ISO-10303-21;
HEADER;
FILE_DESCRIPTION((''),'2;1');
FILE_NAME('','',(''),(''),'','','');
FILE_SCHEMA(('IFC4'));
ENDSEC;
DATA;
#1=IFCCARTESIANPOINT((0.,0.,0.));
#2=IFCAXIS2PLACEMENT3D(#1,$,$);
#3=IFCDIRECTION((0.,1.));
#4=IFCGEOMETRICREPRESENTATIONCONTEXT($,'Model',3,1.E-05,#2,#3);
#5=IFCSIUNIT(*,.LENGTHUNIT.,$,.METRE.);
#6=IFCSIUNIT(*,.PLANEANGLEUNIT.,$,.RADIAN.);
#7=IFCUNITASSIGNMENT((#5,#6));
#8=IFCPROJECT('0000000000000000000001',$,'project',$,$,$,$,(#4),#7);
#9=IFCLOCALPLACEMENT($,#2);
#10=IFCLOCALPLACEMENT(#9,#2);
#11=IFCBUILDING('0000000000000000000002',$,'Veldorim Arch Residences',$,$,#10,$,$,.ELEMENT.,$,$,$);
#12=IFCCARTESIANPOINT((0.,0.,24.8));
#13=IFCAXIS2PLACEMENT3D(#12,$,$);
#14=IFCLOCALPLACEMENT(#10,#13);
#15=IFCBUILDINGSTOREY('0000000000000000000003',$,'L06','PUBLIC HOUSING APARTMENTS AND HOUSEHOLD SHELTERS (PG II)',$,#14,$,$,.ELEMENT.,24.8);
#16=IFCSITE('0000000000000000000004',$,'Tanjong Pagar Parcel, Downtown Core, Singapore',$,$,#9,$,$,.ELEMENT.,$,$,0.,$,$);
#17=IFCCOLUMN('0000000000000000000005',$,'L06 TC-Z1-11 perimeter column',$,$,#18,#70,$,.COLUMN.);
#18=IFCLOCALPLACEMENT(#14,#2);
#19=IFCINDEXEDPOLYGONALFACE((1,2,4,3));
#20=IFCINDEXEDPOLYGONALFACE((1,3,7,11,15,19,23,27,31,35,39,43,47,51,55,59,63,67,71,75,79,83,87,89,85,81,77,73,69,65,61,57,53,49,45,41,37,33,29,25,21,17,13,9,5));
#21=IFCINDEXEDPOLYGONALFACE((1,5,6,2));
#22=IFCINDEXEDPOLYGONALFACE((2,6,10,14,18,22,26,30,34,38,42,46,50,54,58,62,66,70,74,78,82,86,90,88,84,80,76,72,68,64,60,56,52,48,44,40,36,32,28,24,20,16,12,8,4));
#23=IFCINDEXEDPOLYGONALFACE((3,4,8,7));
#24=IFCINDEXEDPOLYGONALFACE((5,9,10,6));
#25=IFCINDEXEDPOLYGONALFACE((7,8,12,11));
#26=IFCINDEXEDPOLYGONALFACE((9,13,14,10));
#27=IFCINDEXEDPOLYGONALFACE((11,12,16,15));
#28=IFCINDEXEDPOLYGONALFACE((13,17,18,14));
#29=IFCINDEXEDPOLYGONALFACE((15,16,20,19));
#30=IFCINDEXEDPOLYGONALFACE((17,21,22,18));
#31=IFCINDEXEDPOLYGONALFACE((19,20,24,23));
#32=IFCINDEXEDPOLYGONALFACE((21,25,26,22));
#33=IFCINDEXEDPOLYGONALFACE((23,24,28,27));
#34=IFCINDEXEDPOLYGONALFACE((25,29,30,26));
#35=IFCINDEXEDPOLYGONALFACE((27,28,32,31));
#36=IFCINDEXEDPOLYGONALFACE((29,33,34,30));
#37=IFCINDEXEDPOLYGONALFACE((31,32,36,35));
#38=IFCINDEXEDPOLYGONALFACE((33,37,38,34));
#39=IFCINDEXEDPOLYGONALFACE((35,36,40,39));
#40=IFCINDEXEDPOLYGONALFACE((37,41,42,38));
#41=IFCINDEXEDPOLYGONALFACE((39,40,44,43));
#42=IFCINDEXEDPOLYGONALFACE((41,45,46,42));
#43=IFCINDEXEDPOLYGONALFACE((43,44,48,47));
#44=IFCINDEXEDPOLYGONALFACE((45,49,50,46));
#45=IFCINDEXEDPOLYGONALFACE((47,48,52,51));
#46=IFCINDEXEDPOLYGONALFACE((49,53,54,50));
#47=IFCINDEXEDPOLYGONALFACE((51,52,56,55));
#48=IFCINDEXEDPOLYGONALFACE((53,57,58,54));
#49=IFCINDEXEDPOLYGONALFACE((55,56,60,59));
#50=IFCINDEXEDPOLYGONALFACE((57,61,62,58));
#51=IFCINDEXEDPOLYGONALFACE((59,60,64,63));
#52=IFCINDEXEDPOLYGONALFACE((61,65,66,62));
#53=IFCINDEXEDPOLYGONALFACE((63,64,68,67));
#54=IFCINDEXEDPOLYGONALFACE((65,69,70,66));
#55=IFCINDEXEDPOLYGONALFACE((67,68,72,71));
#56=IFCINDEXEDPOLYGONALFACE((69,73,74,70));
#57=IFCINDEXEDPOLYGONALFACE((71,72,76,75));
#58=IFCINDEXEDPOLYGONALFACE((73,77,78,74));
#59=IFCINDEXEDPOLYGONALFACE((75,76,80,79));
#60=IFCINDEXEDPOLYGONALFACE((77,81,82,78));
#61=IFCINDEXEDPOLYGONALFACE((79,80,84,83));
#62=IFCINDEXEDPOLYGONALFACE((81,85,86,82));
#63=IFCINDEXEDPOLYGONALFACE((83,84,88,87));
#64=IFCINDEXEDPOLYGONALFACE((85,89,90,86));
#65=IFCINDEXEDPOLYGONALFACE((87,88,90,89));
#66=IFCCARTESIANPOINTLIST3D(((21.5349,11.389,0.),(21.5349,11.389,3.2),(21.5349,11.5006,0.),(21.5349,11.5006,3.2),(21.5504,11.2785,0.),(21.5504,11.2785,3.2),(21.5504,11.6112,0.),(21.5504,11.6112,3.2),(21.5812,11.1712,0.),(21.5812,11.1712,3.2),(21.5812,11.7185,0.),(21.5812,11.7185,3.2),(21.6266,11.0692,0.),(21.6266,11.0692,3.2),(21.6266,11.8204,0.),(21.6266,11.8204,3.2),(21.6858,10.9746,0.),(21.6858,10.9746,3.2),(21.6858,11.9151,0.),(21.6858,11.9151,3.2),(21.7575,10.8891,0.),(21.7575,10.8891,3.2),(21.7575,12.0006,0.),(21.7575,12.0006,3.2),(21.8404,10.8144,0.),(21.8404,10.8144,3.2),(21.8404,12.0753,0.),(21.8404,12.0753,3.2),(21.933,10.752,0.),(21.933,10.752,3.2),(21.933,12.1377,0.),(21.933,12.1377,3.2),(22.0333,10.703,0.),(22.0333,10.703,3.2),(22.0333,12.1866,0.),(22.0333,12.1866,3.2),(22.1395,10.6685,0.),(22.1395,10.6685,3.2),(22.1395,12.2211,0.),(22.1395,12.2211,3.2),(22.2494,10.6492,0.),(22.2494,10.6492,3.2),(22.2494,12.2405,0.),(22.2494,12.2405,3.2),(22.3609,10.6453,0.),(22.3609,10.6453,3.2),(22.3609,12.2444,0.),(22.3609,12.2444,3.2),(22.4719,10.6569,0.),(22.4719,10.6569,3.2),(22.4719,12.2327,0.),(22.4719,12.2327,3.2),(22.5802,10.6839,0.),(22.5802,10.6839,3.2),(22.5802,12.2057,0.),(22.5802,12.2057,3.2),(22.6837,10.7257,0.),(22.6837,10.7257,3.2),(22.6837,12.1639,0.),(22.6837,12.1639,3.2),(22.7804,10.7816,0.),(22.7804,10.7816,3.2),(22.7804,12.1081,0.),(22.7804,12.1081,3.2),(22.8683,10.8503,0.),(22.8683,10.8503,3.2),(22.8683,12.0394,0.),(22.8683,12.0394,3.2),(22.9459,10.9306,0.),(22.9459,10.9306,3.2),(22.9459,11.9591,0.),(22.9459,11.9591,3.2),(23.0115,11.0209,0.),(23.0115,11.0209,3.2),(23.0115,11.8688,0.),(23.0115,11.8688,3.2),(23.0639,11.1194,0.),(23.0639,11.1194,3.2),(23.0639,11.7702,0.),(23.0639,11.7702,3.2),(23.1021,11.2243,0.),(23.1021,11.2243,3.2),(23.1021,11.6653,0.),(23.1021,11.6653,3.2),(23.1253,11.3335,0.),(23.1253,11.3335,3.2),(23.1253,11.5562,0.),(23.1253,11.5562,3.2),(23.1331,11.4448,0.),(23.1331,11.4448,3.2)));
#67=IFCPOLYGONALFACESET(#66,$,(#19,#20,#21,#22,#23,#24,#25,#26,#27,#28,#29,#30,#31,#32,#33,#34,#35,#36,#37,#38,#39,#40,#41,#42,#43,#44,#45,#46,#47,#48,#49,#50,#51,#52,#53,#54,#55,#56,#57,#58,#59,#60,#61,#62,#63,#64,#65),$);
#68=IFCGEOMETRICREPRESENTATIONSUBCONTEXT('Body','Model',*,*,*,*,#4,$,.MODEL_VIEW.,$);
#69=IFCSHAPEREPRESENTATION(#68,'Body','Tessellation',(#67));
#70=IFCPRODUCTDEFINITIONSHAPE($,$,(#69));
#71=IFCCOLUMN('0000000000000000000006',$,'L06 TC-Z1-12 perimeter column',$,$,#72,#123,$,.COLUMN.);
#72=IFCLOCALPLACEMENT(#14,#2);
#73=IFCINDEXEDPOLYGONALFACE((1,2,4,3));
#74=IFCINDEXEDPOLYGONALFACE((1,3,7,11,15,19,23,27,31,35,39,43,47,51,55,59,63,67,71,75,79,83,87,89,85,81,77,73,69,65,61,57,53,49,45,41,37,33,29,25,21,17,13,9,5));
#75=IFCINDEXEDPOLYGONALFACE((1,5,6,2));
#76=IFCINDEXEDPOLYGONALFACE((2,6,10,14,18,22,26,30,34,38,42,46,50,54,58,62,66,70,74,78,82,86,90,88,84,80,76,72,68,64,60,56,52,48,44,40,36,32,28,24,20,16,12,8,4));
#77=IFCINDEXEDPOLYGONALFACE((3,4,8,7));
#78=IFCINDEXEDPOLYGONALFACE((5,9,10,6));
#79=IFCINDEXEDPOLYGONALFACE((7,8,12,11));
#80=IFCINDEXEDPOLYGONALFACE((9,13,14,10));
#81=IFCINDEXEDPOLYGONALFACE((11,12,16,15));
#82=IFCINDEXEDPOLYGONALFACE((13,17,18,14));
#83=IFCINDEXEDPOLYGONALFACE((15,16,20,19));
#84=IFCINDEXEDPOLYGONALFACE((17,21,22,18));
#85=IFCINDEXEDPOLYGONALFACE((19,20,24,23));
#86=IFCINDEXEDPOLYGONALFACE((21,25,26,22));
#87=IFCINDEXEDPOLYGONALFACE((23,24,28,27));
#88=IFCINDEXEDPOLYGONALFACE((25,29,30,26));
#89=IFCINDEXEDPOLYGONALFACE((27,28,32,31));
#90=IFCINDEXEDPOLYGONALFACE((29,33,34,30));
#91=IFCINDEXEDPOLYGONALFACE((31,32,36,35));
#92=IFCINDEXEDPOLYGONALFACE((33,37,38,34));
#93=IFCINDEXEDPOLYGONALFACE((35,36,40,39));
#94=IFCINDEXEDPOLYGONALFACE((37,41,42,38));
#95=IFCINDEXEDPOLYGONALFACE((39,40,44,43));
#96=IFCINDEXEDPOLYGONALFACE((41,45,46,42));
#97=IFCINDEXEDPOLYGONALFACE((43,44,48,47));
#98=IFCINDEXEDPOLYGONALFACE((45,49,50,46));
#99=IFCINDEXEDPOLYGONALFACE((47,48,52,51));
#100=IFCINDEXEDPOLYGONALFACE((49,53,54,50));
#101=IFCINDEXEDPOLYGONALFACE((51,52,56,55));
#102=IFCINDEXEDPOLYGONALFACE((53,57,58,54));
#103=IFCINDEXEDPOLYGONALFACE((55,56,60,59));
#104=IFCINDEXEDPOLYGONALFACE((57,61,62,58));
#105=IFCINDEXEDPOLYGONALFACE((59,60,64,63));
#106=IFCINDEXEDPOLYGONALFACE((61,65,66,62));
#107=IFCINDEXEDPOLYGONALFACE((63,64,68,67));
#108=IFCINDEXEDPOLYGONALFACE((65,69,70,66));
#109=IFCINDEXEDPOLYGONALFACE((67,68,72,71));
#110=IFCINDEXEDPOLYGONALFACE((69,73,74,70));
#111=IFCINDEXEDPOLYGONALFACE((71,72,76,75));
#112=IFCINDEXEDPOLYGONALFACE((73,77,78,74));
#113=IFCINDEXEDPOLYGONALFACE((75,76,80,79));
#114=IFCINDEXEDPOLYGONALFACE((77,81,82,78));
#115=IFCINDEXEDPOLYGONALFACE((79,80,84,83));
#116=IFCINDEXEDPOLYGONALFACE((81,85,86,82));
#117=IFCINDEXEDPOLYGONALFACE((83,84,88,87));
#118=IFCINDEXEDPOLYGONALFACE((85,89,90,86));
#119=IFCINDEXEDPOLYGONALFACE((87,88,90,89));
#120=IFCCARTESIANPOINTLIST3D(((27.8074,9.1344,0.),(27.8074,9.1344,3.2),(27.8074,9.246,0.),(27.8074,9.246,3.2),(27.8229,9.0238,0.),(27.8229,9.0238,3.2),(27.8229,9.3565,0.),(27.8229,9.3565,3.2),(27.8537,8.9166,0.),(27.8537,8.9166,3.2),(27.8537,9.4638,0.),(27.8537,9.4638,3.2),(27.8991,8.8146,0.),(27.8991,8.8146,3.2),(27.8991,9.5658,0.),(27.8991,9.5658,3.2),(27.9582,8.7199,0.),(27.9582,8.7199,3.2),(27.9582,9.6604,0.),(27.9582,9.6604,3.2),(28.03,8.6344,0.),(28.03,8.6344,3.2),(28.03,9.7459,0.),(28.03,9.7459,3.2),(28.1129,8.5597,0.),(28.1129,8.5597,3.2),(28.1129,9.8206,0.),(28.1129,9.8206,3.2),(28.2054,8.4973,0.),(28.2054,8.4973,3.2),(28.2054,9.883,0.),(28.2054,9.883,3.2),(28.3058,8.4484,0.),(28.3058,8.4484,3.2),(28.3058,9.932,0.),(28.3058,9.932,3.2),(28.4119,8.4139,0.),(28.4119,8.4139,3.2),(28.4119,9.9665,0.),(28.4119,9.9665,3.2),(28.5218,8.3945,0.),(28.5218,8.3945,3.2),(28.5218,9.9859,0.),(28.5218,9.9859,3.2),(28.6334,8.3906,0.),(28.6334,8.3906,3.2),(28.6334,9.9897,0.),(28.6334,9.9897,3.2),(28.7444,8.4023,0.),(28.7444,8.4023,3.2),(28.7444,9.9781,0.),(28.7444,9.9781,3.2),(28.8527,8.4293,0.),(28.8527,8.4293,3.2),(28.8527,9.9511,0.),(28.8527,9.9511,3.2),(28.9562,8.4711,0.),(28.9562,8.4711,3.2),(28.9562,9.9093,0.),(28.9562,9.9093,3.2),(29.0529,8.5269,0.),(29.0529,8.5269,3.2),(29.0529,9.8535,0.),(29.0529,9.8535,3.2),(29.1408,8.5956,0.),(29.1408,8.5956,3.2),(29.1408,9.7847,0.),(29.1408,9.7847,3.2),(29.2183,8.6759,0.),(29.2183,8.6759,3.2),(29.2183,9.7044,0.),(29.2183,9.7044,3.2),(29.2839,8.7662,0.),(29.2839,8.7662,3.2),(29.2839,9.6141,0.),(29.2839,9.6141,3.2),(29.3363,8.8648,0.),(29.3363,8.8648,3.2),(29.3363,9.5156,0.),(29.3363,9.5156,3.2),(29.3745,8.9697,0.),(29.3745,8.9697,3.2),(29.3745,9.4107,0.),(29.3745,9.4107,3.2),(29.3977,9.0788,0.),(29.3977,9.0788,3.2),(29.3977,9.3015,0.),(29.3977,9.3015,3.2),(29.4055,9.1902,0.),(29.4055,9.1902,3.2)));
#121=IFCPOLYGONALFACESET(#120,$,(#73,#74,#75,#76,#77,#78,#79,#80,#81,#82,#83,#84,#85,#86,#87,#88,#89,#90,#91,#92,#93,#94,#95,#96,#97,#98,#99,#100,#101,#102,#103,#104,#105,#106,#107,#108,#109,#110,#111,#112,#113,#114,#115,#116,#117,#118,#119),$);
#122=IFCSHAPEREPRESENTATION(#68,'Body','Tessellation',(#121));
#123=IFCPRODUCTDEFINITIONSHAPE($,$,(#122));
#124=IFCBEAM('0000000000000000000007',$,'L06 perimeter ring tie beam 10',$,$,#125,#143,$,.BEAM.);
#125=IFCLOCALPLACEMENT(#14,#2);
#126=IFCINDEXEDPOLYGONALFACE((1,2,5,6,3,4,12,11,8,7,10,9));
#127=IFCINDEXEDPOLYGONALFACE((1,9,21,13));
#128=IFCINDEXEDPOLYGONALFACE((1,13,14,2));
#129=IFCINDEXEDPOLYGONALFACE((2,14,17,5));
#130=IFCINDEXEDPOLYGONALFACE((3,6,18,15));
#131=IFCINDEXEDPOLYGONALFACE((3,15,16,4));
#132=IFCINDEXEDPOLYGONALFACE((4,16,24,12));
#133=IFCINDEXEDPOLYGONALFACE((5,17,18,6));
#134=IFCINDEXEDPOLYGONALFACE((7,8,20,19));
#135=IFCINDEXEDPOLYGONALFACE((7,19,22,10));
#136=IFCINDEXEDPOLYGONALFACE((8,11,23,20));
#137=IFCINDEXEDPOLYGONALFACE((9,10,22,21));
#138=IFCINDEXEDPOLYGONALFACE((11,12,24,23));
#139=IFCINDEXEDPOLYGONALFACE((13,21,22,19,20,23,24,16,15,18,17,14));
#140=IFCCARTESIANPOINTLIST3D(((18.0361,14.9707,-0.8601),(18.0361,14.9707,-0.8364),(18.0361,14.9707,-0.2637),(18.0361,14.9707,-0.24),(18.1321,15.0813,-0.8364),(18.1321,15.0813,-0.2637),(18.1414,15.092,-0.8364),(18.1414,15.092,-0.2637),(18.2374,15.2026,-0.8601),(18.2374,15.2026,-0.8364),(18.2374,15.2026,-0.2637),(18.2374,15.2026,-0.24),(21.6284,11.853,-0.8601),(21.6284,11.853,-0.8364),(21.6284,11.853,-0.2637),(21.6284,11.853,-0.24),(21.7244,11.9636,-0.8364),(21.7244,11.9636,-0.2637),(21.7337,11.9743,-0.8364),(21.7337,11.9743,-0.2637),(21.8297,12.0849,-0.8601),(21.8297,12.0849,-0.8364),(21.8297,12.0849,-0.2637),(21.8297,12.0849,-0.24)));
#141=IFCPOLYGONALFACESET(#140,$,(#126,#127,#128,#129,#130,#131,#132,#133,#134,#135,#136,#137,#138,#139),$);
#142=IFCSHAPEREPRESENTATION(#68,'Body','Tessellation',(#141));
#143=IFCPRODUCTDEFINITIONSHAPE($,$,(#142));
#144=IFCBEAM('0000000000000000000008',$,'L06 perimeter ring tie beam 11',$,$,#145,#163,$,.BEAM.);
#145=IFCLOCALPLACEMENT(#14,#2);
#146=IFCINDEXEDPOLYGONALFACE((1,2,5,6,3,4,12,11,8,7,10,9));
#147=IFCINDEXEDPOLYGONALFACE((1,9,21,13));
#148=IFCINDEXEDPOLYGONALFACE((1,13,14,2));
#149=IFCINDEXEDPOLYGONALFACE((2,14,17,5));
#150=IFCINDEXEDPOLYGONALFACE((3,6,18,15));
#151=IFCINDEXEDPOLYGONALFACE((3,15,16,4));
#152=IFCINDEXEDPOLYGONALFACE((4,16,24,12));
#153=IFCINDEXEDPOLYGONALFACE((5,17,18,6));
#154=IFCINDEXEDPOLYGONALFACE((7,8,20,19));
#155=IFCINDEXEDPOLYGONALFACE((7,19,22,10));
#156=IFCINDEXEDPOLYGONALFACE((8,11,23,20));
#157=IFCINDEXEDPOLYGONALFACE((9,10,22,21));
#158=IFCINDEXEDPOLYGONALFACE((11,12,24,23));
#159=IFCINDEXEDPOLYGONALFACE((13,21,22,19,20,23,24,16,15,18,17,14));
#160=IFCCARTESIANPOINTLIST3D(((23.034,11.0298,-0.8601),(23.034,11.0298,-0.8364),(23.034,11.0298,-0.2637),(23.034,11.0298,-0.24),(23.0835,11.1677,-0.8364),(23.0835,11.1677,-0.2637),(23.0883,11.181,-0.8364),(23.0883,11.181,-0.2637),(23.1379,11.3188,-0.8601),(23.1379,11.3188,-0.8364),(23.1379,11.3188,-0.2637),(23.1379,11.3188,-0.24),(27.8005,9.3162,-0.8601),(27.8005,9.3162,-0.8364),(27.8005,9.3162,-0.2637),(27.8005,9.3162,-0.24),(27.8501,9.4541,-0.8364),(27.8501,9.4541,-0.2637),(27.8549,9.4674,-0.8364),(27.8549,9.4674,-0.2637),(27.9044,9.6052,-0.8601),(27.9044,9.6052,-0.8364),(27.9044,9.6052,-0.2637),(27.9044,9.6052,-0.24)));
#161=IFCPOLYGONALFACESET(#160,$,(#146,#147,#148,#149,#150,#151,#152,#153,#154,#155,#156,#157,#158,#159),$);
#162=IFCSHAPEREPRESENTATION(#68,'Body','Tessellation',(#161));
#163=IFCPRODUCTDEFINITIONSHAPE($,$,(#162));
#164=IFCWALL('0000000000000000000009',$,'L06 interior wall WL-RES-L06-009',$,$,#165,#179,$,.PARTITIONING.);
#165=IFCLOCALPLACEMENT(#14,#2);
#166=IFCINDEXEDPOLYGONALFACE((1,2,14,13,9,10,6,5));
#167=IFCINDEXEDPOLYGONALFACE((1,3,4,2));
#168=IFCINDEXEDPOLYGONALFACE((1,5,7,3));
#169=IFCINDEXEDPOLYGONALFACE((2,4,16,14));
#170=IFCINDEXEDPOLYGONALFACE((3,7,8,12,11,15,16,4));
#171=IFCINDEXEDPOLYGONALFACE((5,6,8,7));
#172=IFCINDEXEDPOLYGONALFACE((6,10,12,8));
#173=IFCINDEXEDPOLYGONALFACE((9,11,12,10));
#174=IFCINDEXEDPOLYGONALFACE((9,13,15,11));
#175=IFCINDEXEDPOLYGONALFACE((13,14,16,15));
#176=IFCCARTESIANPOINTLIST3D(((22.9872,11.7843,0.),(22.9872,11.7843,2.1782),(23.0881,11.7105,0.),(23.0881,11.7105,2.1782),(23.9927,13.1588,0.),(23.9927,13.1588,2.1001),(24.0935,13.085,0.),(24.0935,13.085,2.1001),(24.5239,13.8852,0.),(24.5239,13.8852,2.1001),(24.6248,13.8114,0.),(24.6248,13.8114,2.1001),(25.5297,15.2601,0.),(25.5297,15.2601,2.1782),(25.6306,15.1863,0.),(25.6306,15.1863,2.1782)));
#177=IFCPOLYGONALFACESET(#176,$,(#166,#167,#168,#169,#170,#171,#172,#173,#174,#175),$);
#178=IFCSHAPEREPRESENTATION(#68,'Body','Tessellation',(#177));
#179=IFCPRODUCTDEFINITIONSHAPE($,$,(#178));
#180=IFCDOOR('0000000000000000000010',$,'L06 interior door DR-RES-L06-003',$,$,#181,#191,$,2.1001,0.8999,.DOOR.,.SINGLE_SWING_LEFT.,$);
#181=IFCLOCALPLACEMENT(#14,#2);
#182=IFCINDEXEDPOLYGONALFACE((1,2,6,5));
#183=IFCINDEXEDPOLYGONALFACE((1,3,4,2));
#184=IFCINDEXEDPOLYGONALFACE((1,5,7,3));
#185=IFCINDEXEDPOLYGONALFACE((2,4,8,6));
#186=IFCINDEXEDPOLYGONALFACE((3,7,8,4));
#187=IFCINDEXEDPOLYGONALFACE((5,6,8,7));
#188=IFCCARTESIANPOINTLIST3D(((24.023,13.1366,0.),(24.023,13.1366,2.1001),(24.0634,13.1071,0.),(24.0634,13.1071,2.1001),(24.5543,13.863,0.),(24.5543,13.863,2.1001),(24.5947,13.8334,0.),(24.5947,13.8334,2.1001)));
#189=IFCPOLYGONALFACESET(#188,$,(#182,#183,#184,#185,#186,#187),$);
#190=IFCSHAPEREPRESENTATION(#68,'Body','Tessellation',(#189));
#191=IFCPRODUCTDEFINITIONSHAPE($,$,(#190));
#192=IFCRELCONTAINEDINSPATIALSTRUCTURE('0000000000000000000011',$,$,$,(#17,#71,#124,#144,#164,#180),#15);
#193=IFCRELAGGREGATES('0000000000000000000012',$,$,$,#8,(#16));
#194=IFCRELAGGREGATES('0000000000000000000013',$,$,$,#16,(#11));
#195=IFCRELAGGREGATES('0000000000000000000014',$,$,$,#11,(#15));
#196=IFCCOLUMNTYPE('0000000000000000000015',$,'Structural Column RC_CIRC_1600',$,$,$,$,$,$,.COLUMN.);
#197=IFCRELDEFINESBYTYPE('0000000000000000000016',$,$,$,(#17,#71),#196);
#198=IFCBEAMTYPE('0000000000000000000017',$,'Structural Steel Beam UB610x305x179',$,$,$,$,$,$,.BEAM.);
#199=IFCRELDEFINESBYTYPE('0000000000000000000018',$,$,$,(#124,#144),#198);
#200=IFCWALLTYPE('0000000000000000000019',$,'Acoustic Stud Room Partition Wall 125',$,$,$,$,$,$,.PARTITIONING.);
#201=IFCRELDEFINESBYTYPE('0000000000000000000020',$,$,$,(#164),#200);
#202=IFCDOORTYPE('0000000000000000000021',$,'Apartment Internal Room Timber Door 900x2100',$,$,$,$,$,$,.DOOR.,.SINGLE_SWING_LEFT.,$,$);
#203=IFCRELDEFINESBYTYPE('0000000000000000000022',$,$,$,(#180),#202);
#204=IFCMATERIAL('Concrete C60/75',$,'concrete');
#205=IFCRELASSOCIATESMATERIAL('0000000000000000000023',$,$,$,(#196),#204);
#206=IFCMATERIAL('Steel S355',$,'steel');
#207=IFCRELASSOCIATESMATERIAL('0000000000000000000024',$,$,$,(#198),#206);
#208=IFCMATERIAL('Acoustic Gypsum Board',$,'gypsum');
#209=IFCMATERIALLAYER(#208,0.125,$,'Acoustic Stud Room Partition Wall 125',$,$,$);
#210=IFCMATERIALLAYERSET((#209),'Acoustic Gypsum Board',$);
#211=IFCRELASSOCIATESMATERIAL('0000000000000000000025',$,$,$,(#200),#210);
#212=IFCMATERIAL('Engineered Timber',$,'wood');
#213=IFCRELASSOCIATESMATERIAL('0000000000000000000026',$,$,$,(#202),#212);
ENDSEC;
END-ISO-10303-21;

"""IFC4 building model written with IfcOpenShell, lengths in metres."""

from ifc_helpers import new_model, si_unit, direction, frame, frame_2d, origin, origin_2d, place, context, subcontext, project, spatial, rectangle, circle, i_section, extrude, material, layer, layer_set, material_profile, profile_set, type_object, element, fill, save


model = new_model("IFC4")

# Units and contexts
model_context = context("Model", 3, precision=1e-05, world=origin(), true_north=direction((0.0, 1.0)))
body_context = subcontext(model_context, "Body", "Model", "MODEL_VIEW")
ifc_project = project(units=[si_unit("LENGTHUNIT", "METRE"), si_unit("PLANEANGLEUNIT", "RADIAN")], contexts=[model_context])

# Site, building, storey
site_placement = place(None, origin())
site = spatial("IfcSite", under=ifc_project, at=site_placement, Name="Tanjong Pagar Parcel, Downtown Core, Singapore", CompositionType="ELEMENT", RefElevation=0.0)
building_placement = place(site_placement, origin())
building = spatial("IfcBuilding", under=site, at=building_placement, Name="Veldorim Arch Residences", CompositionType="ELEMENT")
storey_placement = place(building_placement, frame((0.0, 0.0, 24.8)))
storey = spatial("IfcBuildingStorey", under=building, at=storey_placement, Name="L06", Description="PUBLIC HOUSING APARTMENTS AND HOUSEHOLD SHELTERS (PG II)", CompositionType="ELEMENT", Elevation=24.8)

# Columns
ifc_material_1 = material(Name="Concrete C60/75", Category="concrete")
ifc_material_profile_1 = material_profile(ifc_material_1, circle(Radius=0.8, at=origin_2d()), Name="RC_CIRC_1600")
ifc_profile_set_1 = profile_set([ifc_material_profile_1], Name="Concrete C60/75")
column_type = type_object("IfcColumnType", Name="Structural Column RC_CIRC_1600", PredefinedType="COLUMN", material=ifc_profile_set_1)
for number, where, z_axis, x_axis, name in (
    (1, (22.333, 11.4448, 0.0), (0.0, 0.0, 1.0), (1.0, 0.0, 0.0), "L06 TC-Z1-11 perimeter column"),
    (2, (28.6055, 9.1902, 0.0), (0.0, 0.0, 1.0), (1.0, 0.0, 0.0), "L06 TC-Z1-12 perimeter column"),
):
    element("IfcColumn", number, at=place(storey_placement, frame(where, z_axis=z_axis, x_axis=x_axis)), inside=storey, type_object=column_type, Name=name, PredefinedType="COLUMN", context=body_context, shape_type="SweptSolid", body=[
        extrude(circle(Radius=0.8, at=origin_2d()), origin(), (0.0, 0.0, 1.0), 3.2),
    ])

# Beams
ifc_material_2 = material(Name="Steel S355", Category="steel")
ifc_material_profile_2 = material_profile(ifc_material_2, i_section(OverallWidth=0.3071, OverallDepth=0.6201, WebThickness=0.0142, FlangeThickness=0.0237, at=origin_2d()), Name="UB610x305x179")
ifc_profile_set_2 = profile_set([ifc_material_profile_2], Name="Steel S355")
beam_type = type_object("IfcBeamType", Name="Structural Steel Beam UB610x305x179", PredefinedType="BEAM", material=ifc_profile_set_2)
beam_1_placement = place(storey_placement, frame((18.1367, 15.0867, -0.55), z_axis=(0.755235, -0.655454, 0.0), x_axis=(0.655454, 0.755235, 0.0)))
element("IfcBeam", 3, at=beam_1_placement, inside=storey, type_object=beam_type, Name="L06 perimeter ring tie beam 10", PredefinedType="BEAM", context=body_context, shape_type="SweptSolid", body=[
    extrude(i_section(OverallWidth=0.3071, OverallDepth=0.6201, WebThickness=0.0142, FlangeThickness=0.0237, at=origin_2d()), origin(), (0.0, 0.0, 1.0), 4.7566),
])
beam_2_placement = place(storey_placement, frame((23.0859, 11.1743, -0.55), z_axis=(0.941035, -0.338308, 0.0), x_axis=(0.338308, 0.941035, 0.0)))
element("IfcBeam", 4, at=beam_2_placement, inside=storey, type_object=beam_type, Name="L06 perimeter ring tie beam 11", PredefinedType="BEAM", context=body_context, shape_type="SweptSolid", body=[
    extrude(i_section(OverallWidth=0.3071, OverallDepth=0.6201, WebThickness=0.0142, FlangeThickness=0.0237, at=origin_2d()), origin(), (0.0, 0.0, 1.0), 5.0652),
])

# Wall, opening, door
ifc_material_3 = material(Name="Acoustic Gypsum Board", Category="gypsum")
ifc_layer_1 = layer(ifc_material_3, 0.125, Name="Acoustic Stud Room Partition Wall 125")
ifc_layer_set_1 = layer_set([ifc_layer_1], Name="Acoustic Gypsum Board")
wall_type_1 = type_object("IfcWallType", Name="Acoustic Stud Room Partition Wall 125", PredefinedType="PARTITIONING", material=ifc_layer_set_1)
wall_1_placement = place(storey_placement, frame((23.0376, 11.7473, 0.0), z_axis=(0.0, 0.0, 1.0), x_axis=(0.590388, 0.80712, 0.0)))
wall_1 = element("IfcWall", 5, at=wall_1_placement, inside=storey, type_object=wall_type_1, Name="L06 interior wall WL-RES-L06-009", PredefinedType="PARTITIONING", context=body_context, shape_type="SweptSolid", body=[
    extrude(rectangle(XDim=4.3064, YDim=0.125, at=frame_2d((2.1533, 0.0))), origin(), (0.0, 0.0, 1.0), 2.1782),
])
opening_1_placement = place(wall_1_placement, frame((1.7031, 0.0, 0.0)))
opening_1 = element("IfcOpeningElement", 6, at=opening_1_placement, cuts=wall_1, PredefinedType="OPENING", context=body_context, shape_type="SweptSolid", body=[
    extrude(rectangle(XDim=0.8999, YDim=2.1001, at=frame_2d((0.45, 1.05))), frame((0.0, 0.0725, 0.0), z_axis=(0.0, -1.0, 0.0), x_axis=(1.0, 0.0, 0.0)), (0.0, 0.0, 1.0), 0.145),
])
ifc_material_4 = material(Name="Engineered Timber", Category="wood")
door_type_1 = type_object("IfcDoorType", Name="Apartment Internal Room Timber Door 900x2100", OperationType="SINGLE_SWING_LEFT", PredefinedType="DOOR", material=ifc_material_4)
door_1_placement = place(opening_1_placement, origin())
door_1 = element("IfcDoor", 7, at=door_1_placement, inside=storey, type_object=door_type_1, Name="L06 interior door DR-RES-L06-003", OperationType="SINGLE_SWING_LEFT", OverallHeight=2.1001, OverallWidth=0.8999, PredefinedType="DOOR", context=body_context, shape_type="SweptSolid", body=[
    extrude(rectangle(XDim=0.8999, YDim=2.1001, at=frame_2d((0.45, 1.05))), frame((0.0, 0.0249, 0.0), z_axis=(0.0, -1.0, 0.0), x_axis=(1.0, 0.0, 0.0)), (0.0, 0.0, 1.0), 0.05),
])
fill(opening_1, door_1)

save(model, "model.ifc")
